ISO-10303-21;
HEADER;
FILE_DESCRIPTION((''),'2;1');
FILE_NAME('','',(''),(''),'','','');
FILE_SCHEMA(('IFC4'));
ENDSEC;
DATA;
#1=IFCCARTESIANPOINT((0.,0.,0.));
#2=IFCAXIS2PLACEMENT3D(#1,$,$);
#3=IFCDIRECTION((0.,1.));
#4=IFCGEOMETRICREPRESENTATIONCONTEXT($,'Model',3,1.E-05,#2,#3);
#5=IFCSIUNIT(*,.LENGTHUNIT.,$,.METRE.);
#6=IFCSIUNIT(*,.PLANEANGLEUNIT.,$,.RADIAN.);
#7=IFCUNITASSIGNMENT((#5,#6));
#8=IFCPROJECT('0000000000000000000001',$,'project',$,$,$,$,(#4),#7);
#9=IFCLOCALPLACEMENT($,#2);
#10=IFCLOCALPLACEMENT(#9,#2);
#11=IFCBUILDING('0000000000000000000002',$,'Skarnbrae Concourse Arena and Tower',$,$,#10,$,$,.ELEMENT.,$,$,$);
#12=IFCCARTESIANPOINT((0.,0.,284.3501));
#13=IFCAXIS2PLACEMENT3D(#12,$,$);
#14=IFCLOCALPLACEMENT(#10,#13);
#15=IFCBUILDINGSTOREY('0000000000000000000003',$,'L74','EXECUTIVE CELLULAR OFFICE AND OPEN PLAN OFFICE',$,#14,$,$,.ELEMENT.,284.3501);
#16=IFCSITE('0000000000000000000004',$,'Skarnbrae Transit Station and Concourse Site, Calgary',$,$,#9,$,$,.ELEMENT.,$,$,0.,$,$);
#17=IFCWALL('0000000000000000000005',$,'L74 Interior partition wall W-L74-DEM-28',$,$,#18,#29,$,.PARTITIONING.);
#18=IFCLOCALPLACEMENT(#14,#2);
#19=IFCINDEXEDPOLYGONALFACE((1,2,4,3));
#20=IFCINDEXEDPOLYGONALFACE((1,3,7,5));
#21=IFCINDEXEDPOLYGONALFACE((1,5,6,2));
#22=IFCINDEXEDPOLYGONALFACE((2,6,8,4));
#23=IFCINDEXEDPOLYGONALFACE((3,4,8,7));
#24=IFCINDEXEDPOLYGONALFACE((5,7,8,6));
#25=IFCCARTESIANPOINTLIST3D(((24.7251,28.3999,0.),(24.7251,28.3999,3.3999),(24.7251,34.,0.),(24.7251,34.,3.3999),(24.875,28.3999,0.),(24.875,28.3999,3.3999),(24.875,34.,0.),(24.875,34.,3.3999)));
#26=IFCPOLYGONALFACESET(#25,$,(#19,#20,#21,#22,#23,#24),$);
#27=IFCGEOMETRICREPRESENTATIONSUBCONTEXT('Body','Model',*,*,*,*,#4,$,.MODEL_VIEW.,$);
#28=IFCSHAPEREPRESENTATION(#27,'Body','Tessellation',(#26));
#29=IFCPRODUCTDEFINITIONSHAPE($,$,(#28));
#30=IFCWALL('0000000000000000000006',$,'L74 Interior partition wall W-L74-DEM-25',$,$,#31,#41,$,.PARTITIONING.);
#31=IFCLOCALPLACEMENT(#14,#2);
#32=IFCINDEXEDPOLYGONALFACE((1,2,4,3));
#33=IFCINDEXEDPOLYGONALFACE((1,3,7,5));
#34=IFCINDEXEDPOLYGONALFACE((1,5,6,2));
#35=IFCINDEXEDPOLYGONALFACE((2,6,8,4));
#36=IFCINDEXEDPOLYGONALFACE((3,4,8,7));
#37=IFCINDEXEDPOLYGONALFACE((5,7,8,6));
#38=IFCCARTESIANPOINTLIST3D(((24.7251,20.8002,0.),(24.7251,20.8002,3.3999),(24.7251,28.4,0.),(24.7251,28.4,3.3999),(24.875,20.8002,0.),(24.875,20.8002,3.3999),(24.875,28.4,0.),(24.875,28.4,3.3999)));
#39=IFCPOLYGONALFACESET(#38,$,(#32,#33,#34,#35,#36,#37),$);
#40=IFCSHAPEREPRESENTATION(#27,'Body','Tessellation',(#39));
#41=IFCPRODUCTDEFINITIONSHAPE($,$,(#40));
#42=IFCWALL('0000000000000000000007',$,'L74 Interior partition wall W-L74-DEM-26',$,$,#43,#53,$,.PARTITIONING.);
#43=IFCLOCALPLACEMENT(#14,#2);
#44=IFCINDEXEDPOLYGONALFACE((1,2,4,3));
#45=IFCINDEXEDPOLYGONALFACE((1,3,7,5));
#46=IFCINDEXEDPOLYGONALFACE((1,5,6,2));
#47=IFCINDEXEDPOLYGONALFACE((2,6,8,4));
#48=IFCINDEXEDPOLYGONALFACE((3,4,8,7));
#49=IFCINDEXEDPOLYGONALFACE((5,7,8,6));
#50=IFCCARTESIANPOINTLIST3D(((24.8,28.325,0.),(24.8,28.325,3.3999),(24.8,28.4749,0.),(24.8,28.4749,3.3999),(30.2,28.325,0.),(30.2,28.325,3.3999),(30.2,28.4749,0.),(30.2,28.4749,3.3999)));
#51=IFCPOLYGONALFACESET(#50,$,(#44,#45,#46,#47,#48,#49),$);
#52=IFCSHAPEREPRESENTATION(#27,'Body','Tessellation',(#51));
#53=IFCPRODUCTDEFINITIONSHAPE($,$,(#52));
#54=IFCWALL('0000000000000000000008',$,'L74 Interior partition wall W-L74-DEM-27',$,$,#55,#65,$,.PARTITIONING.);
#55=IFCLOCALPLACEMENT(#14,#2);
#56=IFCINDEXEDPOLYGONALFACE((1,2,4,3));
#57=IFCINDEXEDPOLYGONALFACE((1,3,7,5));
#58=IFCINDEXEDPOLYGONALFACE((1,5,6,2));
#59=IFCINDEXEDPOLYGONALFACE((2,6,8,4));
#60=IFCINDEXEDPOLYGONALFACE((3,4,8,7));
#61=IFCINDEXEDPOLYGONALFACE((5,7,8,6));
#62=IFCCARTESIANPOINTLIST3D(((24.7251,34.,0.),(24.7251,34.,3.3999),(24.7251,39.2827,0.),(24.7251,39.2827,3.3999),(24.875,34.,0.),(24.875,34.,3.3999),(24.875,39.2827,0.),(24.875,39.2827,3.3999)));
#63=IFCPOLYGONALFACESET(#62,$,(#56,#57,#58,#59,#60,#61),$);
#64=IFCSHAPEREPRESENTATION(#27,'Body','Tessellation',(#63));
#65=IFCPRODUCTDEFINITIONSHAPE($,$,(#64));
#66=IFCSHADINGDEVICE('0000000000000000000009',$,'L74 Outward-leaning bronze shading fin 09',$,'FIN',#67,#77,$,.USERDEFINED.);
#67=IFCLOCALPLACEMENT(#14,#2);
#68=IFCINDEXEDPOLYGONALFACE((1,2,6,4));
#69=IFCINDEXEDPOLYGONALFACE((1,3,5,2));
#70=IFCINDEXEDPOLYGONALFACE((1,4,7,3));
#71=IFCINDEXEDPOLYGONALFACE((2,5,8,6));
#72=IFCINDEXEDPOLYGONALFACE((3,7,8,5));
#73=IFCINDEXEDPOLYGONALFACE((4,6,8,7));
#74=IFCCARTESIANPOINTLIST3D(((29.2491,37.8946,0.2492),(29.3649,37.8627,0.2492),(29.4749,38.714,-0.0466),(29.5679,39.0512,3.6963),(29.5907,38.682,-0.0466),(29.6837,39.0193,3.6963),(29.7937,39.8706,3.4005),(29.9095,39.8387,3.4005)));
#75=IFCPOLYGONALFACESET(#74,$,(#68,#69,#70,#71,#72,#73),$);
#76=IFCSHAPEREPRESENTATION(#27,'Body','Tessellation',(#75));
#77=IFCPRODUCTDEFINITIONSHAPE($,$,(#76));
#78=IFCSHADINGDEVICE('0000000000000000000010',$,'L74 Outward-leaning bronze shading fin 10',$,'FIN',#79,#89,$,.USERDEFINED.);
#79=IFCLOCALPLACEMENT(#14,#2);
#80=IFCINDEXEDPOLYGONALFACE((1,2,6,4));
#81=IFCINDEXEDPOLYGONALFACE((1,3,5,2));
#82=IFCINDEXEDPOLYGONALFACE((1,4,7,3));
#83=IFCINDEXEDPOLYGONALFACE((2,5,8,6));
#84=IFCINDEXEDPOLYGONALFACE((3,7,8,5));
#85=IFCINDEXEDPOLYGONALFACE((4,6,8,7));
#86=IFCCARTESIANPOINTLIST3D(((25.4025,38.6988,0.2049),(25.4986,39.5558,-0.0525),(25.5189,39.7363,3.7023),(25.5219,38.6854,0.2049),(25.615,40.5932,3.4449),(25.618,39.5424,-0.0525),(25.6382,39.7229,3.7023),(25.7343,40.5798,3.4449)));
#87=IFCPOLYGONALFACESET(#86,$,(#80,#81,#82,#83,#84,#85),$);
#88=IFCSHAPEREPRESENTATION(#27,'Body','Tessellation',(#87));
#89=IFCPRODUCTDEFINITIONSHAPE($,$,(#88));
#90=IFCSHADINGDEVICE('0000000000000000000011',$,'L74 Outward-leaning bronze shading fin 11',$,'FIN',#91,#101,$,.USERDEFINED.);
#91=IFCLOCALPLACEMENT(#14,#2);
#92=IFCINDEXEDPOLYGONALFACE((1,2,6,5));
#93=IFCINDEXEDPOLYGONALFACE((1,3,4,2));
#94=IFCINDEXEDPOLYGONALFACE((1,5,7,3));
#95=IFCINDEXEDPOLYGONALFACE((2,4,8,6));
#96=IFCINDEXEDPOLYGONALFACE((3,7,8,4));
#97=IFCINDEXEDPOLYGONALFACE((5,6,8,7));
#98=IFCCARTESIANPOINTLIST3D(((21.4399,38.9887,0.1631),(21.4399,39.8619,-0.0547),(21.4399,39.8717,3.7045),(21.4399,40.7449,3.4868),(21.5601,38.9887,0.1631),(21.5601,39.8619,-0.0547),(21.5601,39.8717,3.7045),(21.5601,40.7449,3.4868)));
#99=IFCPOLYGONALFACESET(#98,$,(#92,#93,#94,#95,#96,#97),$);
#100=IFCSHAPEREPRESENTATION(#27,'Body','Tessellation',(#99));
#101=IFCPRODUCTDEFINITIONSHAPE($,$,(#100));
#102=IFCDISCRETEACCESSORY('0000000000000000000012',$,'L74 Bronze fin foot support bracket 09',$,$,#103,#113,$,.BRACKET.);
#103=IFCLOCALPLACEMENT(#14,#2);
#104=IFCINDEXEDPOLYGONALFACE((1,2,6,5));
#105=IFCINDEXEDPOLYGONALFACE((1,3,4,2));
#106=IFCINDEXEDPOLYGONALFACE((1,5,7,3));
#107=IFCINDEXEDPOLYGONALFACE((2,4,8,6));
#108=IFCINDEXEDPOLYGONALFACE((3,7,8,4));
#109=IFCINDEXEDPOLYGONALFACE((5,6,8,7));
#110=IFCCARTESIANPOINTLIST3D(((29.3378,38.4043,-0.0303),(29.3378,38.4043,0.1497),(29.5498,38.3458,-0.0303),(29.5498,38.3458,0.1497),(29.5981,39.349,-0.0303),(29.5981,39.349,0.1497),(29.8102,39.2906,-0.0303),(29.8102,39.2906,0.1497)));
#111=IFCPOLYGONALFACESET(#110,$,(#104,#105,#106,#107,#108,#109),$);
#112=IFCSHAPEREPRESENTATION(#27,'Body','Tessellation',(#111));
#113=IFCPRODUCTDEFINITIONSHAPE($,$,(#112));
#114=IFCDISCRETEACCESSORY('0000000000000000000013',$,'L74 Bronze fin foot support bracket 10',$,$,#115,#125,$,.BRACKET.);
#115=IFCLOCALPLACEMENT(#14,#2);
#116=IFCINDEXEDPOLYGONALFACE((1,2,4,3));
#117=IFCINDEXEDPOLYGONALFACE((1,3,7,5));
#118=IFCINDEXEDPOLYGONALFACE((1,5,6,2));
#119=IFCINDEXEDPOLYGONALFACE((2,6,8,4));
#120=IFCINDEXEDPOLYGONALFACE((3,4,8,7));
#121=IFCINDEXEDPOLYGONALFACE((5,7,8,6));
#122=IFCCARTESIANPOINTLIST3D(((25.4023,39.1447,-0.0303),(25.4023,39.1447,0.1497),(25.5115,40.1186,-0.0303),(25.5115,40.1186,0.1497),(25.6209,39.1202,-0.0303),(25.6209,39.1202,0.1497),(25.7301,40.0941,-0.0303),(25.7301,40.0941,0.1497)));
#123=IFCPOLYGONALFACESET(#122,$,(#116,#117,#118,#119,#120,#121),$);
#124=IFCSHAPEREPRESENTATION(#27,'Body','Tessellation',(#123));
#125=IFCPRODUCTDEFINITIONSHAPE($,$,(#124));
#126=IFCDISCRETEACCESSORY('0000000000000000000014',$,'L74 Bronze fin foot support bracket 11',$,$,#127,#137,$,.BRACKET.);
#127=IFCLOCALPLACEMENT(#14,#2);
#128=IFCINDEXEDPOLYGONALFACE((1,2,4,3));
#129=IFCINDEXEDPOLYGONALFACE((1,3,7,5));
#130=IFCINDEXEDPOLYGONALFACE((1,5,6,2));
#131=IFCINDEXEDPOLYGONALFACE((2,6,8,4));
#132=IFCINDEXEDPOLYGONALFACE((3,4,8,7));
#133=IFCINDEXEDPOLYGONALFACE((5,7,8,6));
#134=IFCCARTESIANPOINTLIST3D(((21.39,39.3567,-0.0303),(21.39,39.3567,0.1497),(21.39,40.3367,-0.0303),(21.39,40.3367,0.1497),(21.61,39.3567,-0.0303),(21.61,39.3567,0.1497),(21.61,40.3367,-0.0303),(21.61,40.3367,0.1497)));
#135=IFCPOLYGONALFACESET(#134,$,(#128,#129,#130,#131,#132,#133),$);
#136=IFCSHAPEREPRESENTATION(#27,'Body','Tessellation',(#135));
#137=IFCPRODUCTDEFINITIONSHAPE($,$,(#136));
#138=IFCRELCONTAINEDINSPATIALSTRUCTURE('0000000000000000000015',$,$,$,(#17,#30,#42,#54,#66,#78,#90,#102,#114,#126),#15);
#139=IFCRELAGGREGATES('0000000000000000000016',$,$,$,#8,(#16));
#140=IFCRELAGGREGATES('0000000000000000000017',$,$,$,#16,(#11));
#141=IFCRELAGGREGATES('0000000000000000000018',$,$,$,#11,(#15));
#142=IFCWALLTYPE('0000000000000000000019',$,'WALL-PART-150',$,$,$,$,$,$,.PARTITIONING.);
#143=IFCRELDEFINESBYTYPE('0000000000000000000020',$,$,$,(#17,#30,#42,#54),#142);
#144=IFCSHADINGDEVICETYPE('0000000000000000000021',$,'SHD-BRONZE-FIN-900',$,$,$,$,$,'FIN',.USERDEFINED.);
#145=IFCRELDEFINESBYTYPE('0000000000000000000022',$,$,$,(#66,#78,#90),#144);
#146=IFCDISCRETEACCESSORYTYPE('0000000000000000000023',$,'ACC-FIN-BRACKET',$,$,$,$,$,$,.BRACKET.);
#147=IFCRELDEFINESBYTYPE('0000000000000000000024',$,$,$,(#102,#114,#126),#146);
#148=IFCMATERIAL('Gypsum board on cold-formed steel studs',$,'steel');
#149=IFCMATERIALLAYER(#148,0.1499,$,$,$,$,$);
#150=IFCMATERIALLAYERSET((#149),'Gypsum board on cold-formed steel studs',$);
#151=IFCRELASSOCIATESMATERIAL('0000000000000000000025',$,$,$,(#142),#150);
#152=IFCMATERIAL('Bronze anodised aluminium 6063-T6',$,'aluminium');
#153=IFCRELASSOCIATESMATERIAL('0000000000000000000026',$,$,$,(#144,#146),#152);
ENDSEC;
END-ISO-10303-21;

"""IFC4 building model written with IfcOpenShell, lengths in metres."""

from ifc_helpers import new_model, si_unit, direction, frame, frame_2d, origin, origin_2d, place, context, subcontext, project, spatial, rectangle, extrude, source, transform, mapped, material, layer, layer_set, type_object, element, save


model = new_model("IFC4")

# Units and contexts
model_context = context("Model", 3, precision=1e-05, world=origin(), true_north=direction((0.0, 1.0)))
body_context = subcontext(model_context, "Body", "Model", "MODEL_VIEW")
ifc_project = project(units=[si_unit("LENGTHUNIT", "METRE"), si_unit("PLANEANGLEUNIT", "RADIAN")], contexts=[model_context])

# Site, building, storey
site_placement = place(None, origin())
site = spatial("IfcSite", under=ifc_project, at=site_placement, Name="Skarnbrae Transit Station and Concourse Site, Calgary", CompositionType="ELEMENT", RefElevation=0.0)
building_placement = place(site_placement, origin())
building = spatial("IfcBuilding", under=site, at=building_placement, Name="Skarnbrae Concourse Arena and Tower", CompositionType="ELEMENT")
storey_placement = place(building_placement, frame((0.0, 0.0, 284.3501)))
storey = spatial("IfcBuildingStorey", under=building, at=storey_placement, Name="L74", Description="EXECUTIVE CELLULAR OFFICE AND OPEN PLAN OFFICE", CompositionType="ELEMENT", Elevation=284.3501)

# Shared definitions
ifc_material_1 = material(Name="Bronze anodised aluminium 6063-T6", Category="aluminium")

# Walls
ifc_material_2 = material(Name="Gypsum board on cold-formed steel studs", Category="steel")
ifc_layer_1 = layer(ifc_material_2, 0.1499)
ifc_layer_set_1 = layer_set([ifc_layer_1], Name="Gypsum board on cold-formed steel studs")
wall_type = type_object("IfcWallType", Name="WALL-PART-150", PredefinedType="PARTITIONING", material=ifc_layer_set_1)
shared_shape_1 = source(origin(), body_context, "Body", "SweptSolid", [
    extrude(rectangle(XDim=5.6001, YDim=0.1499, at=frame_2d((2.8, 0.0))), origin(), (0.0, 0.0, 1.0), 3.3999),
])
wall_1_placement = place(storey_placement, frame((24.8, 34.0, 0.0), z_axis=(0.0, 0.0, 1.0), x_axis=(0.0, -1.0, 0.0)))
element("IfcWall", 1, at=wall_1_placement, inside=storey, type_object=wall_type, Name="L74 Interior partition wall W-L74-DEM-28", PredefinedType="PARTITIONING", context=body_context, shape_type="MappedRepresentation", body=[
    mapped(shared_shape_1, transform((0.0, 0.0, 0.0))),
])
shared_shape_2 = source(origin(), body_context, "Body", "SweptSolid", [
    extrude(rectangle(XDim=7.5999, YDim=0.1499, at=frame_2d((3.7998, 0.0))), origin(), (0.0, 0.0, 1.0), 3.3999),
])
wall_2_placement = place(storey_placement, frame((24.8, 28.3999, 0.0), z_axis=(0.0, 0.0, 1.0), x_axis=(0.0, -1.0, 0.0)))
element("IfcWall", 2, at=wall_2_placement, inside=storey, type_object=wall_type, Name="L74 Interior partition wall W-L74-DEM-25", PredefinedType="PARTITIONING", context=body_context, shape_type="MappedRepresentation", body=[
    mapped(shared_shape_2, transform((0.0, 0.0, 0.0))),
])
shared_shape_3 = source(origin(), body_context, "Body", "SweptSolid", [
    extrude(rectangle(XDim=5.3999, YDim=0.1499, at=frame_2d((2.7, 0.0))), origin(), (0.0, 0.0, 1.0), 3.3999),
])
wall_3_placement = place(storey_placement, frame((24.8, 28.3999, 0.0), z_axis=(0.0, 0.0, 1.0), x_axis=(1.0, 0.0, 0.0)))
element("IfcWall", 3, at=wall_3_placement, inside=storey, type_object=wall_type, Name="L74 Interior partition wall W-L74-DEM-26", PredefinedType="PARTITIONING", context=body_context, shape_type="MappedRepresentation", body=[
    mapped(shared_shape_3, transform((0.0, 0.0, 0.0))),
])
shared_shape_4 = source(origin(), body_context, "Body", "SweptSolid", [
    extrude(rectangle(XDim=5.2827, YDim=0.1499, at=frame_2d((2.6414, 0.0))), origin(), (0.0, 0.0, 1.0), 3.3999),
])
wall_4_placement = place(storey_placement, frame((24.8, 39.2827, 0.0), z_axis=(0.0, 0.0, 1.0), x_axis=(0.0, -1.0, 0.0)))
element("IfcWall", 4, at=wall_4_placement, inside=storey, type_object=wall_type, Name="L74 Interior partition wall W-L74-DEM-27", PredefinedType="PARTITIONING", context=body_context, shape_type="MappedRepresentation", body=[
    mapped(shared_shape_4, transform((0.0, 0.0, 0.0))),
])

# Shading devices
shading_device_type = type_object("IfcShadingDeviceType", Name="SHD-BRONZE-FIN-900", ElementType="FIN", PredefinedType="USERDEFINED", material=ifc_material_1)
shared_shape_5 = source(origin(), body_context, "Body", "SweptSolid", [
    extrude(rectangle(XDim=0.1201, YDim=0.8999, at=origin_2d()), origin(), (0.0, 0.0, 1.0), 3.6499),
])
for number, where, z_axis, x_axis, name in (
    (5, (29.4199, 38.2883, 0.1013), (0.087333, 0.316888, 0.944434), (0.964058, -0.265691, 0.0), "L74 Outward-leaning bronze shading fin 09"),
    (6, (25.5103, 39.1206, 0.0762), (0.031878, 0.284241, 0.958223), (0.99377, -0.111452, 0.0), "L74 Outward-leaning bronze shading fin 10"),
    (7, (21.5, 39.4253, 0.0542), (0.0, 0.241922, 0.970296), (1.0, 0.0, 0.0), "L74 Outward-leaning bronze shading fin 11"),
):
    element("IfcShadingDevice", number, at=place(storey_placement, frame(where, z_axis=z_axis, x_axis=x_axis)), inside=storey, type_object=shading_device_type, Name=name, ObjectType="FIN", PredefinedType="USERDEFINED", context=body_context, shape_type="MappedRepresentation", body=[
        mapped(shared_shape_5, transform((0.0, 0.0, 0.0))),
    ])

# Discrete accessories
discrete_accessory_type = type_object("IfcDiscreteAccessoryType", Name="ACC-FIN-BRACKET", PredefinedType="BRACKET", material=ifc_material_1)
shared_shape_6 = source(origin(), body_context, "Body", "SweptSolid", [
    extrude(rectangle(XDim=0.22, YDim=0.98, at=origin_2d()), origin(), (0.0, 0.0, 1.0), 0.1799),
])
for number, where, z_axis, x_axis, name in (
    (8, (29.574, 38.8474, -0.0303), (0.0, 0.0, 1.0), (0.964058, -0.265691, 0.0), "L74 Bronze fin foot support bracket 09"),
    (9, (25.5662, 39.6194, -0.0303), (0.0, 0.0, 1.0), (0.99377, -0.111452, 0.0), "L74 Bronze fin foot support bracket 10"),
    (10, (21.5, 39.8467, -0.0303), (0.0, 0.0, 1.0), (1.0, 0.0, 0.0), "L74 Bronze fin foot support bracket 11"),
):
    element("IfcDiscreteAccessory", number, at=place(storey_placement, frame(where, z_axis=z_axis, x_axis=x_axis)), inside=storey, type_object=discrete_accessory_type, Name=name, PredefinedType="BRACKET", context=body_context, shape_type="MappedRepresentation", body=[
        mapped(shared_shape_6, transform((0.0, 0.0, 0.0))),
    ])

save(model, "model.ifc")
